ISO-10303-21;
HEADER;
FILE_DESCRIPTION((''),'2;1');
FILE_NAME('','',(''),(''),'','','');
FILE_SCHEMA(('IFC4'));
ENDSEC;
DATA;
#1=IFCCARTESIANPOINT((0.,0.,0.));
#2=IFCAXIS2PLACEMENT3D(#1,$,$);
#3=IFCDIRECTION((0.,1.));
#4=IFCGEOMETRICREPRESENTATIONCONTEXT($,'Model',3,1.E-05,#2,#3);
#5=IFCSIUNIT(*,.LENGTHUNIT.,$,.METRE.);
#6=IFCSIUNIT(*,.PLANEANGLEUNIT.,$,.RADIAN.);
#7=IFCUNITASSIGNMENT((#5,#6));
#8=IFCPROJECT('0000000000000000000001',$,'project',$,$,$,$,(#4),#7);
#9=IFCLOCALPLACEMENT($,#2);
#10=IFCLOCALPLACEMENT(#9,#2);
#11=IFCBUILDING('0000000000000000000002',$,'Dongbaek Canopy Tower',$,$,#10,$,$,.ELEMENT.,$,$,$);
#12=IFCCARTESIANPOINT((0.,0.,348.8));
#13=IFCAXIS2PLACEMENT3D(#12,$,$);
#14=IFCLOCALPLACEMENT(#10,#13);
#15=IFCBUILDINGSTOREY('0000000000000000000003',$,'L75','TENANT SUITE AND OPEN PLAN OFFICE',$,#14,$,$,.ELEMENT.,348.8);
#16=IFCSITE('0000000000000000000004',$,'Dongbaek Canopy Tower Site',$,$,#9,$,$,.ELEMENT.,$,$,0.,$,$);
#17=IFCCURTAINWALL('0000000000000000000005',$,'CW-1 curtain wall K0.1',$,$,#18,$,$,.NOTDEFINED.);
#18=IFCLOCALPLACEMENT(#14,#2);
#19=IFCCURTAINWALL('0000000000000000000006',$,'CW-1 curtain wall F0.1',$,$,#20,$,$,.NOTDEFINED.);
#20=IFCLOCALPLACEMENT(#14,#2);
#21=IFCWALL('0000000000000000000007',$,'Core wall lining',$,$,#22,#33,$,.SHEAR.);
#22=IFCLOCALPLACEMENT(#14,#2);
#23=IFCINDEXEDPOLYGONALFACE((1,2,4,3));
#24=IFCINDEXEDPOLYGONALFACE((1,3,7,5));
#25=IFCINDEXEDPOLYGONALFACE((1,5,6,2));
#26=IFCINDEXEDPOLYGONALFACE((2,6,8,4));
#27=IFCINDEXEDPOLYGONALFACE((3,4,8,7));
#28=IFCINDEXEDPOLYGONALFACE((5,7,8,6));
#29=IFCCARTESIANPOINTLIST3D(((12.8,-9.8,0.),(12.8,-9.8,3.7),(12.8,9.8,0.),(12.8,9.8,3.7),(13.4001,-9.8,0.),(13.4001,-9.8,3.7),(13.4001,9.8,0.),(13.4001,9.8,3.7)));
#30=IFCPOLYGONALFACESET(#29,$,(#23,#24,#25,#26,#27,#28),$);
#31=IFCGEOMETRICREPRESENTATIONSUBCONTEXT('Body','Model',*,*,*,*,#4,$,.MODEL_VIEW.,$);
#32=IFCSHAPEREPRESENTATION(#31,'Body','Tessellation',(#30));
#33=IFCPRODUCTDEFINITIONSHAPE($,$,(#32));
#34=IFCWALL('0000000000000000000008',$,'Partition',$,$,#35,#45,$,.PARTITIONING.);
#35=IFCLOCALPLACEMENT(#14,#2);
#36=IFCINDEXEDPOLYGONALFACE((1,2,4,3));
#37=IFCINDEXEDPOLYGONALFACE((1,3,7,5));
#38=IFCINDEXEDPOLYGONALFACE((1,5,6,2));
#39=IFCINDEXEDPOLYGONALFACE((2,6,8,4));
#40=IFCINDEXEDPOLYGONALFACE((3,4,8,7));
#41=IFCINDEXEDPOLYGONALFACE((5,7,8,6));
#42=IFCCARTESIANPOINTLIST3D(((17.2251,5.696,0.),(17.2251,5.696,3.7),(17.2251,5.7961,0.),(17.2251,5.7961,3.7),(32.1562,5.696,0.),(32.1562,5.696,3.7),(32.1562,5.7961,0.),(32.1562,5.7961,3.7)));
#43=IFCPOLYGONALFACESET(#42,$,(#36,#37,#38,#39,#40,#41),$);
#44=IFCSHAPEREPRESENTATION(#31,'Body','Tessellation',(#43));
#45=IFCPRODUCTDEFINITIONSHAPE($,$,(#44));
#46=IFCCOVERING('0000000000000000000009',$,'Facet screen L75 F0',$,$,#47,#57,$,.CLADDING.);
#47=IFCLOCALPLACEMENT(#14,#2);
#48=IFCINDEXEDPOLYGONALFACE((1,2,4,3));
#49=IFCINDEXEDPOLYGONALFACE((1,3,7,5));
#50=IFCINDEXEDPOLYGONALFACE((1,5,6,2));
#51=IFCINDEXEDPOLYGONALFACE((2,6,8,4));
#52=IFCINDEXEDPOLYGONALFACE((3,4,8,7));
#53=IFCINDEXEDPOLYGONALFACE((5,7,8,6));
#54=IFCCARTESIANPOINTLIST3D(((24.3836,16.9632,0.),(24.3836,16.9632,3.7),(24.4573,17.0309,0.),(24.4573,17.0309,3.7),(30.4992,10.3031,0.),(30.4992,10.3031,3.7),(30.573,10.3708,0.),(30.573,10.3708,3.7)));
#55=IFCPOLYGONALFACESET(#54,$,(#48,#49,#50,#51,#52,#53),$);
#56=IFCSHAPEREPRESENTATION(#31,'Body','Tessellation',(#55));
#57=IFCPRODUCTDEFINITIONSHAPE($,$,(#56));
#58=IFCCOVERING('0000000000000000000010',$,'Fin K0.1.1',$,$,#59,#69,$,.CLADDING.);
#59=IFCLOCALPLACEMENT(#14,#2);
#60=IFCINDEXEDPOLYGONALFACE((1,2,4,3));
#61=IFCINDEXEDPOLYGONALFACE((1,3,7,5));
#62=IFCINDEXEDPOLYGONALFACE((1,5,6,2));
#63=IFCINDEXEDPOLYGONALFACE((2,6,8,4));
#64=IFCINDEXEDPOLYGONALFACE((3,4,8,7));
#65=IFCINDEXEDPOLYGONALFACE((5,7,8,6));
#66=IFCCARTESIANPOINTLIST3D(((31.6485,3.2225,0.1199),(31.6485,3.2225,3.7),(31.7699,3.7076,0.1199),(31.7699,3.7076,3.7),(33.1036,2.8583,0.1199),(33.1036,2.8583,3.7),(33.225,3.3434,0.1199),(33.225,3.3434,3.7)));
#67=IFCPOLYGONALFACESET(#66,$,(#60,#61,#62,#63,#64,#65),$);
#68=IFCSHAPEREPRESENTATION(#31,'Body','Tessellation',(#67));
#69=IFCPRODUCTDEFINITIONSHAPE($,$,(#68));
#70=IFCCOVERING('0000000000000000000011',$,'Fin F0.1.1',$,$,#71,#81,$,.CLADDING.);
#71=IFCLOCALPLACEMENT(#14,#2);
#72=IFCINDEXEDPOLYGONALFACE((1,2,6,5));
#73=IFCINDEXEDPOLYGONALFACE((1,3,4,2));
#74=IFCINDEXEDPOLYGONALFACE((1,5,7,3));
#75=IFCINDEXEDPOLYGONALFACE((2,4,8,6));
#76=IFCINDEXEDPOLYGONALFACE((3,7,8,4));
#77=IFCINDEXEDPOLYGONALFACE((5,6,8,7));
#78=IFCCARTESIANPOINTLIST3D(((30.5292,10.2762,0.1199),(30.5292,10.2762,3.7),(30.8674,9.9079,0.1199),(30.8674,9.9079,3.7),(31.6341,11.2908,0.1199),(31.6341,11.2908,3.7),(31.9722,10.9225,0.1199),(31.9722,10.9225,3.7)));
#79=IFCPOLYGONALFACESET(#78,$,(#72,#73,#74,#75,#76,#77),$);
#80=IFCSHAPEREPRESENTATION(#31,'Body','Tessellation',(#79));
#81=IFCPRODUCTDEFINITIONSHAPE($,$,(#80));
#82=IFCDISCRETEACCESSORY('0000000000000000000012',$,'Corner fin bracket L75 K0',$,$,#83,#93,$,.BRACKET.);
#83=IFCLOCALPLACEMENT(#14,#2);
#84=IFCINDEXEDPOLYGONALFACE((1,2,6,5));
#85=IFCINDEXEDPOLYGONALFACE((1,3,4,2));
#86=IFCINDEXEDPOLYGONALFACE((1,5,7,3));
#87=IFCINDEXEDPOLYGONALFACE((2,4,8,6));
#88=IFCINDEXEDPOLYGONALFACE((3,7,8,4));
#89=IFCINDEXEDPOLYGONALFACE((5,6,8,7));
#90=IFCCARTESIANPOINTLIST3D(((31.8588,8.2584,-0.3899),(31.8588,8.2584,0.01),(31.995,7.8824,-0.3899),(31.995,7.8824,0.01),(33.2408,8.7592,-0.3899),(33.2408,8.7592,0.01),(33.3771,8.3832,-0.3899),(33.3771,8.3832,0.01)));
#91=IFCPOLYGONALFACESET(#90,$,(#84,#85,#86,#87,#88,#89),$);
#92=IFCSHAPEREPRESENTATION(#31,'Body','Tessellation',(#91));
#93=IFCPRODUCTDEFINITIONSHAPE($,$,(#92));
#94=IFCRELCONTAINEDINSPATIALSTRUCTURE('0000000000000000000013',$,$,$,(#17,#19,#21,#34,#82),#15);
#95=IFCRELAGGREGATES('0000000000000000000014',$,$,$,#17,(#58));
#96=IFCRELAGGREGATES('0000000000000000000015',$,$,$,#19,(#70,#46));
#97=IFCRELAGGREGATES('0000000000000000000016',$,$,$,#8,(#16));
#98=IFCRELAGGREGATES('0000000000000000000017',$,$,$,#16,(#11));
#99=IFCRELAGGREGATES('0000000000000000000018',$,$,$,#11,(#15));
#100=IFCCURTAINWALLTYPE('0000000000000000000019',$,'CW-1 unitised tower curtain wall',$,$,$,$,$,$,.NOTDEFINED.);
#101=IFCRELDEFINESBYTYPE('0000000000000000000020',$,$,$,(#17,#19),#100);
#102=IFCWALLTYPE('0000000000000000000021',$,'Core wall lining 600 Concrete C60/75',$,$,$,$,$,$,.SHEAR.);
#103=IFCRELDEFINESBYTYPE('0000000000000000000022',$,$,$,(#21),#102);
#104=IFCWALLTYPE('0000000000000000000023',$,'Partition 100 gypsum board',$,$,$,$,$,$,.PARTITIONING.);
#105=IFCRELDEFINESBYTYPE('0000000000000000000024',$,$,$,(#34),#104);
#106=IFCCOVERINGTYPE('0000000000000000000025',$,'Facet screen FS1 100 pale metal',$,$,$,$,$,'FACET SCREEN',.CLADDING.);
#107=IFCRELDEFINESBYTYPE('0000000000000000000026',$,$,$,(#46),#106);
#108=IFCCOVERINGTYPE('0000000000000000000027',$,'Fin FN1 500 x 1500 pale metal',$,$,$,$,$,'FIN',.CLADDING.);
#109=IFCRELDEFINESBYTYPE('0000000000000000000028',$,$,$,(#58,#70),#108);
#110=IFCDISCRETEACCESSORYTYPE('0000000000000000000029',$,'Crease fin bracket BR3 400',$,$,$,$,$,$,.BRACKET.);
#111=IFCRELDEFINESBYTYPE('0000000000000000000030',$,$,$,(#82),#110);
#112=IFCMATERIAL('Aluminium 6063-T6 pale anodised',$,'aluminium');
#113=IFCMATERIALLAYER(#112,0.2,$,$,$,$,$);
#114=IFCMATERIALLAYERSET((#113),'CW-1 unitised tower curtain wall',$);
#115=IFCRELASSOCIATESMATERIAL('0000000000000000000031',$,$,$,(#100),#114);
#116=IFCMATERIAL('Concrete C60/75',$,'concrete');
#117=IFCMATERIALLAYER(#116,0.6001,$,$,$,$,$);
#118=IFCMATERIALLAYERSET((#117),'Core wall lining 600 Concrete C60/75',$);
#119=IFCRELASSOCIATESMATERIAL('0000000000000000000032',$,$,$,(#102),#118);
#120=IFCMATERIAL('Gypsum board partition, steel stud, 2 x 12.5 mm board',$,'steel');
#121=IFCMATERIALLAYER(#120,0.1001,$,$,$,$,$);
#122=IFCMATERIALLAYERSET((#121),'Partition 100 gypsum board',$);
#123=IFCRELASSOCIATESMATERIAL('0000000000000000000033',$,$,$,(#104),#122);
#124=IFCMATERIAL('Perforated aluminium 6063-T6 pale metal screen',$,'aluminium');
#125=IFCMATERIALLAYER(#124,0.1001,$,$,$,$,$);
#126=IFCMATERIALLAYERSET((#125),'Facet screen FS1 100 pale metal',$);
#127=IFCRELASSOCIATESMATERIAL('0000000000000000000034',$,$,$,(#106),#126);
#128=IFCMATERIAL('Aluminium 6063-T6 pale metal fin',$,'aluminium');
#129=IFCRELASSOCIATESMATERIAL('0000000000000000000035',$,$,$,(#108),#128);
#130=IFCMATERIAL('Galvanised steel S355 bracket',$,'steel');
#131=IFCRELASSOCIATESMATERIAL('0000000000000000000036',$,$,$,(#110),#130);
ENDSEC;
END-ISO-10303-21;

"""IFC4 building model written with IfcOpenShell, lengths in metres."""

from ifc_helpers import new_model, si_unit, direction, frame, frame_2d, origin, origin_2d, place, context, subcontext, project, spatial, rectangle, extrude, material, layer, layer_set, material_profile, profile_set, type_object, element, aggregate, save


model = new_model("IFC4")

# Units and contexts
model_context = context("Model", 3, precision=1e-05, world=origin(), true_north=direction((0.0, 1.0)))
body_context = subcontext(model_context, "Body", "Model", "MODEL_VIEW")
ifc_project = project(units=[si_unit("LENGTHUNIT", "METRE"), si_unit("PLANEANGLEUNIT", "RADIAN")], contexts=[model_context])

# Site, building, storey
site_placement = place(None, origin())
site = spatial("IfcSite", under=ifc_project, at=site_placement, Name="Dongbaek Canopy Tower Site", CompositionType="ELEMENT", RefElevation=0.0)
building_placement = place(site_placement, origin())
building = spatial("IfcBuilding", under=site, at=building_placement, Name="Dongbaek Canopy Tower", CompositionType="ELEMENT")
storey_placement = place(building_placement, frame((0.0, 0.0, 348.8)))
storey = spatial("IfcBuildingStorey", under=building, at=storey_placement, Name="L75", Description="TENANT SUITE AND OPEN PLAN OFFICE", CompositionType="ELEMENT", Elevation=348.8)

# Curtain walls
ifc_material_1 = material(Name="Aluminium 6063-T6 pale anodised", Category="aluminium")
ifc_layer_1 = layer(ifc_material_1, 0.2)
ifc_layer_set_1 = layer_set([ifc_layer_1], Name="CW-1 unitised tower curtain wall")
curtain_wall_type = type_object("IfcCurtainWallType", Name="CW-1 unitised tower curtain wall", PredefinedType="NOTDEFINED", material=ifc_layer_set_1)
curtain_wall_1_placement = place(storey_placement, origin())
curtain_wall_1 = element("IfcCurtainWall", 1, at=curtain_wall_1_placement, inside=storey, type_object=curtain_wall_type, Name="CW-1 curtain wall K0.1", PredefinedType="NOTDEFINED")
curtain_wall_2_placement = place(storey_placement, origin())
curtain_wall_2 = element("IfcCurtainWall", 2, at=curtain_wall_2_placement, inside=storey, type_object=curtain_wall_type, Name="CW-1 curtain wall F0.1", PredefinedType="NOTDEFINED")

# Walls
ifc_material_2 = material(Name="Concrete C60/75", Category="concrete")
ifc_layer_2 = layer(ifc_material_2, 0.6001)
ifc_layer_set_2 = layer_set([ifc_layer_2], Name="Core wall lining 600 Concrete C60/75")
wall_type_1 = type_object("IfcWallType", Name="Core wall lining 600 Concrete C60/75", PredefinedType="SHEAR", material=ifc_layer_set_2)
wall_1_placement = place(storey_placement, frame((13.1001, 9.8, 0.0), z_axis=(0.0, 0.0, 1.0), x_axis=(0.0, -1.0, 0.0)))
element("IfcWall", 3, at=wall_1_placement, inside=storey, type_object=wall_type_1, Name="Core wall lining", PredefinedType="SHEAR", context=body_context, shape_type="SweptSolid", body=[
    extrude(rectangle(XDim=19.6001, YDim=0.6001, at=frame_2d((9.8, 0.0))), origin(), (0.0, 0.0, 1.0), 3.7),
])
ifc_material_3 = material(Name="Gypsum board partition, steel stud, 2 x 12.5 mm board", Category="steel")
ifc_layer_3 = layer(ifc_material_3, 0.1001)
ifc_layer_set_3 = layer_set([ifc_layer_3], Name="Partition 100 gypsum board")
wall_type_2 = type_object("IfcWallType", Name="Partition 100 gypsum board", PredefinedType="PARTITIONING", material=ifc_layer_set_3)
wall_2_placement = place(storey_placement, frame((17.2251, 5.7461, 0.0), z_axis=(0.0, 0.0, 1.0), x_axis=(1.0, 0.0, 0.0)))
element("IfcWall", 4, at=wall_2_placement, inside=storey, type_object=wall_type_2, Name="Partition", PredefinedType="PARTITIONING", context=body_context, shape_type="SweptSolid", body=[
    extrude(rectangle(XDim=14.9312, YDim=0.1001, at=frame_2d((7.4656, 0.0))), origin(), (0.0, 0.0, 1.0), 3.7),
])

# Coverings
ifc_material_4 = material(Name="Perforated aluminium 6063-T6 pale metal screen", Category="aluminium")
ifc_layer_4 = layer(ifc_material_4, 0.1001)
ifc_layer_set_4 = layer_set([ifc_layer_4], Name="Facet screen FS1 100 pale metal")
covering_type_1 = type_object("IfcCoveringType", Name="Facet screen FS1 100 pale metal", ElementType="FACET SCREEN", PredefinedType="CLADDING", material=ifc_layer_set_4)
covering_1_placement = place(storey_placement, frame((27.4783, 13.667, 0.0), z_axis=(0.0, 0.0, 1.0), x_axis=(-0.676364, 0.736567, 0.0)))
covering_1 = element("IfcCovering", 5, at=covering_1_placement, type_object=covering_type_1, Name="Facet screen L75 F0", PredefinedType="CLADDING", context=body_context, shape_type="SweptSolid", body=[
    extrude(rectangle(XDim=9.042, YDim=0.1001, at=origin_2d()), origin(), (0.0, 0.0, 1.0), 3.7),
])
ifc_material_5 = material(Name="Aluminium 6063-T6 pale metal fin", Category="aluminium")
ifc_material_profile_1 = material_profile(ifc_material_5, rectangle(XDim=1.5, YDim=0.5, at=origin_2d()), Name="Fin FN1 500 x 1500 pale metal")
ifc_profile_set_1 = profile_set([ifc_material_profile_1], Name="Aluminium 6063-T6 pale metal fin")
covering_type_2 = type_object("IfcCoveringType", Name="Fin FN1 500 x 1500 pale metal", ElementType="FIN", PredefinedType="CLADDING", material=ifc_profile_set_1)
covering_2_placement = place(storey_placement, frame((32.4368, 3.283, 0.1199), z_axis=(0.0, 0.0, 1.0), x_axis=(0.970078, -0.242793, 0.0)))
covering_2 = element("IfcCovering", 6, at=covering_2_placement, type_object=covering_type_2, Name="Fin K0.1.1", PredefinedType="CLADDING", context=body_context, shape_type="SweptSolid", body=[
    extrude(rectangle(XDim=1.5, YDim=0.5, at=origin_2d()), origin(), (0.0, 0.0, 1.0), 3.5801),
])
aggregate(curtain_wall_1, [covering_2])
covering_3_placement = place(storey_placement, frame((31.2507, 10.5994, 0.1199), z_axis=(0.0, 0.0, 1.0), x_axis=(0.736567, 0.676365, 0.0)))
covering_3 = element("IfcCovering", 7, at=covering_3_placement, type_object=covering_type_2, Name="Fin F0.1.1", PredefinedType="CLADDING", context=body_context, shape_type="SweptSolid", body=[
    extrude(rectangle(XDim=1.5, YDim=0.5, at=origin_2d()), origin(), (0.0, 0.0, 1.0), 3.5801),
])
aggregate(curtain_wall_2, [covering_3, covering_1])

# Discrete accessory
ifc_material_6 = material(Name="Galvanised steel S355 bracket", Category="steel")
discrete_accessory_type = type_object("IfcDiscreteAccessoryType", Name="Crease fin bracket BR3 400", PredefinedType="BRACKET", material=ifc_material_6)
discrete_accessory_placement = place(storey_placement, frame((32.6179, 8.3208, -0.3899), z_axis=(0.0, 0.0, 1.0), x_axis=(0.940195, 0.340636, 0.0)))
element("IfcDiscreteAccessory", 8, at=discrete_accessory_placement, inside=storey, type_object=discrete_accessory_type, Name="Corner fin bracket L75 K0", PredefinedType="BRACKET", context=body_context, shape_type="SweptSolid", body=[
    extrude(rectangle(XDim=1.47, YDim=0.3999, at=origin_2d()), origin(), (0.0, 0.0, 1.0), 0.3999),
])

save(model, "model.ifc")
